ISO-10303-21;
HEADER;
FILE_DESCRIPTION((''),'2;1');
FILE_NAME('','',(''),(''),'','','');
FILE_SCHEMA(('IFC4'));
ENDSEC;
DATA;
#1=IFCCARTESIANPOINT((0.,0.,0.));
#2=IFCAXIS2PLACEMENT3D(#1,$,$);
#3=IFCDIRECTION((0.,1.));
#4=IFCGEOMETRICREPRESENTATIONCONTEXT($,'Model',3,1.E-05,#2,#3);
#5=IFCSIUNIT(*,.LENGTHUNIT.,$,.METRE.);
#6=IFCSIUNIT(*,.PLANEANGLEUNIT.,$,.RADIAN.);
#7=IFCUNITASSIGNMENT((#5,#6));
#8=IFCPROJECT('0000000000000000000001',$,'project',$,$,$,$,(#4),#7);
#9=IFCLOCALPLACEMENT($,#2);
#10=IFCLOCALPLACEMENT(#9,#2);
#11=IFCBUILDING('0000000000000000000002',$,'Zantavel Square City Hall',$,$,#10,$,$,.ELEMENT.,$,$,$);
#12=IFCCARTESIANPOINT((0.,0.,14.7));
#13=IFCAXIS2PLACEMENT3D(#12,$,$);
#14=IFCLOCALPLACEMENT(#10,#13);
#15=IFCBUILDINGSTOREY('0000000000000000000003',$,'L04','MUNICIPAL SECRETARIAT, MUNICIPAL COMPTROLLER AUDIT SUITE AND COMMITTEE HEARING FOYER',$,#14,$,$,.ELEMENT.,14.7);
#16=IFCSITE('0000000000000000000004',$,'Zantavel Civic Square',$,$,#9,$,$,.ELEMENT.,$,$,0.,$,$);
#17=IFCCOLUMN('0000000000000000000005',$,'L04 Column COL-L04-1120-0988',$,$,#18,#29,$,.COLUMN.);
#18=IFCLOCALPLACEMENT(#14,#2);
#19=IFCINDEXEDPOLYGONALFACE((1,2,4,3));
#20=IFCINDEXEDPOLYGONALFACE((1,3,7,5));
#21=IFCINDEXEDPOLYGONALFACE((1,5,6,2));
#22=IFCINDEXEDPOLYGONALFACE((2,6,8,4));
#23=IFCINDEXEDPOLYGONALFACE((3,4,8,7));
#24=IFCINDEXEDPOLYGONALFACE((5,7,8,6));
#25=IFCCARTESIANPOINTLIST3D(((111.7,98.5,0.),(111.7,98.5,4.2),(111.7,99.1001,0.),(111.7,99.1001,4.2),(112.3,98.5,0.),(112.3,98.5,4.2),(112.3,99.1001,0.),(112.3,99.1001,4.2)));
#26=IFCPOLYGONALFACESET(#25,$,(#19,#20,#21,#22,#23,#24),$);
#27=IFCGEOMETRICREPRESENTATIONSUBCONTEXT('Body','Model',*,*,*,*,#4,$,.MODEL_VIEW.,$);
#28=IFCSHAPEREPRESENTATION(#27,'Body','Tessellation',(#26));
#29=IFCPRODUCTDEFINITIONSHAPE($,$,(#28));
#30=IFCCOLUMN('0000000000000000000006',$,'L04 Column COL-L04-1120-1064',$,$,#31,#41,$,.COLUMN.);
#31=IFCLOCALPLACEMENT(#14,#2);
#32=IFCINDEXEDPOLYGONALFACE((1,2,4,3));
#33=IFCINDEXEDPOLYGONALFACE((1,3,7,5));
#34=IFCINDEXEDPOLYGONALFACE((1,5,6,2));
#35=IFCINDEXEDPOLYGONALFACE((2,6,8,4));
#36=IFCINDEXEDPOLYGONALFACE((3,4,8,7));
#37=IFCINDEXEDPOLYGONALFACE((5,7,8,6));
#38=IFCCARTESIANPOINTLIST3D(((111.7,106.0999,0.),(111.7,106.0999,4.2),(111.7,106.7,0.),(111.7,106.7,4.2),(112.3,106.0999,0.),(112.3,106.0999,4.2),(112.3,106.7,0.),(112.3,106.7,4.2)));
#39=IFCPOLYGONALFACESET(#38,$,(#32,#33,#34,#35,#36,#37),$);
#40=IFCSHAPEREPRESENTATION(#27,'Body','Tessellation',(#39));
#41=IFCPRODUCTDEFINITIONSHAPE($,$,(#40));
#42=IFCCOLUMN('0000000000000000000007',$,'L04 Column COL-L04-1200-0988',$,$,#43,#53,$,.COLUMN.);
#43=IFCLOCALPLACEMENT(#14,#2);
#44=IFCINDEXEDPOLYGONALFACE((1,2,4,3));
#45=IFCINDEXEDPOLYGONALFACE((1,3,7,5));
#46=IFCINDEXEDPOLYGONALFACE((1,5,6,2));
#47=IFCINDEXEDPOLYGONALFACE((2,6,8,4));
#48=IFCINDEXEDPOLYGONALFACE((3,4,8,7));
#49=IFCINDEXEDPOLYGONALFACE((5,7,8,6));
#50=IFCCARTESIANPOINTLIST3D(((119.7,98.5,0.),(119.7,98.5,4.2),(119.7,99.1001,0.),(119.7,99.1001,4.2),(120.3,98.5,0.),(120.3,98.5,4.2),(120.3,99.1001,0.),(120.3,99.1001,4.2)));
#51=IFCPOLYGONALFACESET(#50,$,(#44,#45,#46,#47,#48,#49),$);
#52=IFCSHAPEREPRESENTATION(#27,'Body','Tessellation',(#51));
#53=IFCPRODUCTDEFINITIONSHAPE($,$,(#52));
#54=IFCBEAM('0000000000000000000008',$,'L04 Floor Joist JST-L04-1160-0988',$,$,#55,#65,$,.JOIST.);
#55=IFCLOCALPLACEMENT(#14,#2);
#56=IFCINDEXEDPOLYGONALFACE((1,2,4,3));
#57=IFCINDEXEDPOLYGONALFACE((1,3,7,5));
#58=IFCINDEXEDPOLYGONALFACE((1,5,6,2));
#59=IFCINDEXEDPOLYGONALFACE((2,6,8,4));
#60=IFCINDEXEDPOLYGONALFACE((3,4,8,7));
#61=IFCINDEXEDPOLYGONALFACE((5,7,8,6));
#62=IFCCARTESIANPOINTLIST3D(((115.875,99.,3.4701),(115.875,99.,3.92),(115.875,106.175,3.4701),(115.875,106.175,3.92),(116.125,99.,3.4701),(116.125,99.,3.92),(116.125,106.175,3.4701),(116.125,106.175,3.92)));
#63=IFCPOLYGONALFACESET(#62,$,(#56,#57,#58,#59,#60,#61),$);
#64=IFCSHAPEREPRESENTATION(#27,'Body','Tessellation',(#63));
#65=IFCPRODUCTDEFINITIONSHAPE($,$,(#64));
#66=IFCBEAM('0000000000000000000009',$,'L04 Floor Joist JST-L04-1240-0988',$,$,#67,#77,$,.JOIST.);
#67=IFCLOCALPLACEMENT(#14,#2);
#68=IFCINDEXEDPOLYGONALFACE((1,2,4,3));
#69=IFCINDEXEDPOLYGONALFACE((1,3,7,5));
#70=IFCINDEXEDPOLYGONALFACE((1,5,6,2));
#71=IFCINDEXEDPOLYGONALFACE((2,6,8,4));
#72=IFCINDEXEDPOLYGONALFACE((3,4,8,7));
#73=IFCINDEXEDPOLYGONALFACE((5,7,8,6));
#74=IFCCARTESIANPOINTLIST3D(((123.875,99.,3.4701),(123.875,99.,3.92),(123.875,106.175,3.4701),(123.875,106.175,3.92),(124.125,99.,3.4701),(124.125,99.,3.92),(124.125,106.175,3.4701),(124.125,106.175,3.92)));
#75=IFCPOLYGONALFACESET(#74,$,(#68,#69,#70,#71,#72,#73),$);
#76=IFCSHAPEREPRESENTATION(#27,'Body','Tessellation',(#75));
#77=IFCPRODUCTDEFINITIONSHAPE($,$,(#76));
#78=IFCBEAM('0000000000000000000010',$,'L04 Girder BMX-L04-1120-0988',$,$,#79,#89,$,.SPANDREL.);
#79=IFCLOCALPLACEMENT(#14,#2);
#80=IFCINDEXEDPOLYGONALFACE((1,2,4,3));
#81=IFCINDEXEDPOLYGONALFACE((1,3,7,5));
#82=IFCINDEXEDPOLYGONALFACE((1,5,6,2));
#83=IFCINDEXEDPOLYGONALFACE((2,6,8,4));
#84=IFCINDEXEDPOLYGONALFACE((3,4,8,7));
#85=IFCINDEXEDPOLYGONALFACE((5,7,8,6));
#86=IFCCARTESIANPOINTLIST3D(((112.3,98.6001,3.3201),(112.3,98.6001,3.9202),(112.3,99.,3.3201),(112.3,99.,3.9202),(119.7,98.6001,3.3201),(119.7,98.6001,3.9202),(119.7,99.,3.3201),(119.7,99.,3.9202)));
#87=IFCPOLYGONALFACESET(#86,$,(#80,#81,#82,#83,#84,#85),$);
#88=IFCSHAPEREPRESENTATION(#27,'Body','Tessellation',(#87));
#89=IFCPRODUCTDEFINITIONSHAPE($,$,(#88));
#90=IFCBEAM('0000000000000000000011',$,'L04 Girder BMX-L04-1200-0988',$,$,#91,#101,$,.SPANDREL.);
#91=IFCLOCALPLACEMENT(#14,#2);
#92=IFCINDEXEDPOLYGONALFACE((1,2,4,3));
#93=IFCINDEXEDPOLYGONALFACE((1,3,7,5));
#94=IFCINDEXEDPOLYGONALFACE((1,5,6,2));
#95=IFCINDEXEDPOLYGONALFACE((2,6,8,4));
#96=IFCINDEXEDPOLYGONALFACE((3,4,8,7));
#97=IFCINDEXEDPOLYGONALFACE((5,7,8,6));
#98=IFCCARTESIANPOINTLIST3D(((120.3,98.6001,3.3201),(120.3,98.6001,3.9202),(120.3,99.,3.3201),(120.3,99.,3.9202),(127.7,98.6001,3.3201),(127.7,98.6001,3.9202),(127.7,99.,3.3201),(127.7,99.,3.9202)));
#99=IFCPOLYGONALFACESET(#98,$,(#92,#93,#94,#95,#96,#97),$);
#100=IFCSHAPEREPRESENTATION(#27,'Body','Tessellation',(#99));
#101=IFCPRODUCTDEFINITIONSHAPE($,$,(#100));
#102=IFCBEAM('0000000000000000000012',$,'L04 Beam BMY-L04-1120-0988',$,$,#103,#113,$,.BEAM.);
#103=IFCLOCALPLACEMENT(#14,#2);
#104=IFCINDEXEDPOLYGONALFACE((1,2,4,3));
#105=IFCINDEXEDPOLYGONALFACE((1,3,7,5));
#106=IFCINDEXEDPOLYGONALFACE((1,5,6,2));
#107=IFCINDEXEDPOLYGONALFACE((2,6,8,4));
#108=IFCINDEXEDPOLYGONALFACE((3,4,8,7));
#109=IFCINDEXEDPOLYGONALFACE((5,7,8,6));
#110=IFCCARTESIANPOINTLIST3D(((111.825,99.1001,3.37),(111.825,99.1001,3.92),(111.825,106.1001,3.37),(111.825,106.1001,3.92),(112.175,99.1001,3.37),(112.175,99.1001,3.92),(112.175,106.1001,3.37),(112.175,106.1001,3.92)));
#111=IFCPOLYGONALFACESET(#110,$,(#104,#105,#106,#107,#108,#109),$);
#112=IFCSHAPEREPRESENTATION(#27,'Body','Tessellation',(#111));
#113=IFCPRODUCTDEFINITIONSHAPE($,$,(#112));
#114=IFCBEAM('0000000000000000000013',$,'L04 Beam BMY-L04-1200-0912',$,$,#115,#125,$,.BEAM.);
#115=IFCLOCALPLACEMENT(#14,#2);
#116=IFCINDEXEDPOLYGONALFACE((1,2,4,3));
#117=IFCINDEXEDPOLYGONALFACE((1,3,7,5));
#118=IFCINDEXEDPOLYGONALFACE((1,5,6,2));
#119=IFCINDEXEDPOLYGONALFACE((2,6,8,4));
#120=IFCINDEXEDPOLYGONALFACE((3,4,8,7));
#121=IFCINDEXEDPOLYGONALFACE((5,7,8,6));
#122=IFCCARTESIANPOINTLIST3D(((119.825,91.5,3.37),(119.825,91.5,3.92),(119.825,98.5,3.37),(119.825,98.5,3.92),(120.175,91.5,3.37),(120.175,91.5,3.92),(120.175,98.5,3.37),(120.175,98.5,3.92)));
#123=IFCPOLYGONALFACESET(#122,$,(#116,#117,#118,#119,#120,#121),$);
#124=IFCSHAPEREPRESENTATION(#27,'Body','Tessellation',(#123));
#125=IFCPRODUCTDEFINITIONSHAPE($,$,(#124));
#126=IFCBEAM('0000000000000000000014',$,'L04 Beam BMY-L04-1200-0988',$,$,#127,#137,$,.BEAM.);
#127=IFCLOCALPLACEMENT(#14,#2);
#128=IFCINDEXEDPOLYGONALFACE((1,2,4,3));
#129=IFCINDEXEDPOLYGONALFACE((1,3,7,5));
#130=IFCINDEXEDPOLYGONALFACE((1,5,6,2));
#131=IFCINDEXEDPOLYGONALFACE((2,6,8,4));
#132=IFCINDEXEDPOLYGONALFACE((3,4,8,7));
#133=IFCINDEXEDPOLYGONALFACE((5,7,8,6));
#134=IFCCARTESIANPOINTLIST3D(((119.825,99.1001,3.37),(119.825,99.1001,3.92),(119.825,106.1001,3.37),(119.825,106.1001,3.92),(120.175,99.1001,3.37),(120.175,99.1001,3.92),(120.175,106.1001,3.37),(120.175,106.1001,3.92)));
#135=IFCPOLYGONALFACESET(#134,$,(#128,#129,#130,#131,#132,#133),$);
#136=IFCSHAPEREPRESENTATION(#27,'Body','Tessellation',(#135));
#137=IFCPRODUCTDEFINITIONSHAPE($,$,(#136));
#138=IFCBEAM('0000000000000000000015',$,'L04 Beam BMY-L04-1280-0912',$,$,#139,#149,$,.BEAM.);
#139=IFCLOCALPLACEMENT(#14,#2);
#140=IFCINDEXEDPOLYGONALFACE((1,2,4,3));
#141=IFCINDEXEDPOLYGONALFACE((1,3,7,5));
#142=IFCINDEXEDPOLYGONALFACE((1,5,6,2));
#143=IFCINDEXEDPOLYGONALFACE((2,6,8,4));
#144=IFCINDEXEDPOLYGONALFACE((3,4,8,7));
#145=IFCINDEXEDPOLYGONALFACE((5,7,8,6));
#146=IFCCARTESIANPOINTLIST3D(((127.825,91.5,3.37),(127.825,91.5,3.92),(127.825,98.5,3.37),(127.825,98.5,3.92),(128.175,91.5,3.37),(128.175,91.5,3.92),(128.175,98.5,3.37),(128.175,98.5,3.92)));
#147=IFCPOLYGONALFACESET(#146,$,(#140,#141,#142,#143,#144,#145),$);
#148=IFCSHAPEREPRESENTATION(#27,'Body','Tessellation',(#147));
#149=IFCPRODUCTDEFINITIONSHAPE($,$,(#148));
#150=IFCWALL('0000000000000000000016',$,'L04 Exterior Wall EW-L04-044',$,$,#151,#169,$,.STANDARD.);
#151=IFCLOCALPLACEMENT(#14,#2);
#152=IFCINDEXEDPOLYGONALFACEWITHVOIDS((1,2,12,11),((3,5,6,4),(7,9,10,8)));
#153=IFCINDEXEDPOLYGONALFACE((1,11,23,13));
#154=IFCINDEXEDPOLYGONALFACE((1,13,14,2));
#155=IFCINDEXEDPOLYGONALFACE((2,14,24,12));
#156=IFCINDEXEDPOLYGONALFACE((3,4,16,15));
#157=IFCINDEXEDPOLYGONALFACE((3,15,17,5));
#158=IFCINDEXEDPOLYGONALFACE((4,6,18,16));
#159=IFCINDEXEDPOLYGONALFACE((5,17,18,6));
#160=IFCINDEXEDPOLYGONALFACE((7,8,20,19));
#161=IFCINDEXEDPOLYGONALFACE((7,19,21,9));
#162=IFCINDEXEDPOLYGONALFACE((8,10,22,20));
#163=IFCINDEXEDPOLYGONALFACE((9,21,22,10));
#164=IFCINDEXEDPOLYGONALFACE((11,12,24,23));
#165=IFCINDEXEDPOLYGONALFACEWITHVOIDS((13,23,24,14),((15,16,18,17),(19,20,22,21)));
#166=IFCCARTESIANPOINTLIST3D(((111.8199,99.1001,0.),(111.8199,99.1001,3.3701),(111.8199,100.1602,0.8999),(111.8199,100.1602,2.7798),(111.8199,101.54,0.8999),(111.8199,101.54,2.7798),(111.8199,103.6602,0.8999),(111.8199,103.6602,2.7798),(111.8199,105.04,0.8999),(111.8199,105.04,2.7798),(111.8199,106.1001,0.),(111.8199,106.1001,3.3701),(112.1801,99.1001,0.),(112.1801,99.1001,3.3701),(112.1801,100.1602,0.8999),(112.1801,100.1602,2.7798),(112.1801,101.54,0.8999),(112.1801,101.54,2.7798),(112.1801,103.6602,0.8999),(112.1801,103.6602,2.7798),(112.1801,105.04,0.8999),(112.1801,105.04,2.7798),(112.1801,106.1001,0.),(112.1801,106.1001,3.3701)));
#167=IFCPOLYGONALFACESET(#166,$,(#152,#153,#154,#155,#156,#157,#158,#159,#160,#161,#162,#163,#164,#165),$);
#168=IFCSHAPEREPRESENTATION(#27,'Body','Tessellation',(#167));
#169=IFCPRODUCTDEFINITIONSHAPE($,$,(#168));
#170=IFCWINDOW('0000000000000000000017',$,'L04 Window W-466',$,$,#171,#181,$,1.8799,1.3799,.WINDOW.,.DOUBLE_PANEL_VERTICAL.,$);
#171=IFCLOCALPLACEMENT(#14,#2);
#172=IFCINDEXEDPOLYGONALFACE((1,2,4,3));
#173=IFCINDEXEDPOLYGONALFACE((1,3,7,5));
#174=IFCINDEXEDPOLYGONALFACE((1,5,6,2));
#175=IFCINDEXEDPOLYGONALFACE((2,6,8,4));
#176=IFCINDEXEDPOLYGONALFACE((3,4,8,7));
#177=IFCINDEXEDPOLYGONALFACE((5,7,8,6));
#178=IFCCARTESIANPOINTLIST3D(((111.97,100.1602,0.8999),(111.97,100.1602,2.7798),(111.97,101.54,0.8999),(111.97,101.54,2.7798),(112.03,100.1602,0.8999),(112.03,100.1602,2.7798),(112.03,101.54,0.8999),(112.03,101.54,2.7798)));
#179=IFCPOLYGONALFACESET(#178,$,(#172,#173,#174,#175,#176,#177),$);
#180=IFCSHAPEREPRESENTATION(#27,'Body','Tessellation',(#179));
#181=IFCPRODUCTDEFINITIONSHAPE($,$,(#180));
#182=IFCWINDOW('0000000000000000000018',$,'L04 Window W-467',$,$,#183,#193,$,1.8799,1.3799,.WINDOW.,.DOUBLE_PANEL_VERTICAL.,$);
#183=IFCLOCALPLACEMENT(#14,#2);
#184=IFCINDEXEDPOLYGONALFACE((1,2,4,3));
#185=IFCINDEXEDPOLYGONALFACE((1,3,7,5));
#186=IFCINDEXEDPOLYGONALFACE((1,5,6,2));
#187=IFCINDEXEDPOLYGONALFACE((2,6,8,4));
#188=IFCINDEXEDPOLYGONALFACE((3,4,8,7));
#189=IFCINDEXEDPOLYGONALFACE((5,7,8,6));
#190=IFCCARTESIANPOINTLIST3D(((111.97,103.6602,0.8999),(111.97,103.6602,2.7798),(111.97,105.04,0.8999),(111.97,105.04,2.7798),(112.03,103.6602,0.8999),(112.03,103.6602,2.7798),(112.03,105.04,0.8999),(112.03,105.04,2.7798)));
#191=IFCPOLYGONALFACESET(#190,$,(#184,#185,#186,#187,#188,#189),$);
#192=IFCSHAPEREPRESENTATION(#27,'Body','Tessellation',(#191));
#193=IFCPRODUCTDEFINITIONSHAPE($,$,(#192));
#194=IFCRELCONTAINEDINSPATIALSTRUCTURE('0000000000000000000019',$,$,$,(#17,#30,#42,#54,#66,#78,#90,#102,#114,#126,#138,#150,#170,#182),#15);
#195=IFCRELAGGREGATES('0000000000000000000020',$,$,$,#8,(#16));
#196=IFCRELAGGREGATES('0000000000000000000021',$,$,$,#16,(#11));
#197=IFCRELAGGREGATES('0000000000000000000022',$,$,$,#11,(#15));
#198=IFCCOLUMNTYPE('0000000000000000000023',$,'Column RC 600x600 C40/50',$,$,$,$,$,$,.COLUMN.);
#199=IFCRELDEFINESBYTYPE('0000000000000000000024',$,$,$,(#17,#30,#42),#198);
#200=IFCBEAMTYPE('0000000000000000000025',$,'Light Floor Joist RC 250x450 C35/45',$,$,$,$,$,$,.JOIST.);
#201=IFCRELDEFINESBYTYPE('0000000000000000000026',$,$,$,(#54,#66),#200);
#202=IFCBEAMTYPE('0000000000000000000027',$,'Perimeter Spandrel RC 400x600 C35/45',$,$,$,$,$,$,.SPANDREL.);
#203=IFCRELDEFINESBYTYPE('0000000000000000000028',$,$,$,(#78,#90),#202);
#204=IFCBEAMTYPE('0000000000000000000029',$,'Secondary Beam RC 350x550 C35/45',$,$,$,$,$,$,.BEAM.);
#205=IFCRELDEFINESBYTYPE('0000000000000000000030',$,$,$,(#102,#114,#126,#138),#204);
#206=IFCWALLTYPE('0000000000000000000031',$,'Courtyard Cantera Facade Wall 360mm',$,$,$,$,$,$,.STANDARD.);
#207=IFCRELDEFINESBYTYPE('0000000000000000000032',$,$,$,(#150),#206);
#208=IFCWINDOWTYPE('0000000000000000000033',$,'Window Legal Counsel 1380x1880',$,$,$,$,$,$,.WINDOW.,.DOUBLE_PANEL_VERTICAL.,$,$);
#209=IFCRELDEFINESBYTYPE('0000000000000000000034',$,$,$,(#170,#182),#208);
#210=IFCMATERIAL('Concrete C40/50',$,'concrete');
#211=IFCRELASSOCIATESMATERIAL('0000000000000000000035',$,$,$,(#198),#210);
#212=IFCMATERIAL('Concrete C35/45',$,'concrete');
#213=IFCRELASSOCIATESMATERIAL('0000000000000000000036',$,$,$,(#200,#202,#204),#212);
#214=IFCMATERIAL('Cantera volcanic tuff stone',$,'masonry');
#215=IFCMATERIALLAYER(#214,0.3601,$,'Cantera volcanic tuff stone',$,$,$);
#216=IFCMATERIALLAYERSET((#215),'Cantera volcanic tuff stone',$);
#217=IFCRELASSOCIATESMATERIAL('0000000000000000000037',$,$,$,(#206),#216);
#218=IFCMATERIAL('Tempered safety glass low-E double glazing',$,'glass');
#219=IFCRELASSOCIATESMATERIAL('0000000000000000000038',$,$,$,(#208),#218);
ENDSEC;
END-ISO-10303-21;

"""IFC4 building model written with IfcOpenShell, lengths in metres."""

from ifc_helpers import new_model, si_unit, direction, frame, frame_2d, origin, origin_2d, place, context, subcontext, project, spatial, rectangle, extrude, material, layer, layer_set, material_profile, profile_set, type_object, element, fill, save


model = new_model("IFC4")

# Units and contexts
model_context = context("Model", 3, precision=1e-05, world=origin(), true_north=direction((0.0, 1.0)))
body_context = subcontext(model_context, "Body", "Model", "MODEL_VIEW")
ifc_project = project(units=[si_unit("LENGTHUNIT", "METRE"), si_unit("PLANEANGLEUNIT", "RADIAN")], contexts=[model_context])

# Site, building, storey
site_placement = place(None, origin())
site = spatial("IfcSite", under=ifc_project, at=site_placement, Name="Zantavel Civic Square", CompositionType="ELEMENT", RefElevation=0.0)
building_placement = place(site_placement, origin())
building = spatial("IfcBuilding", under=site, at=building_placement, Name="Zantavel Square City Hall", CompositionType="ELEMENT")
storey_placement = place(building_placement, frame((0.0, 0.0, 14.7)))
storey = spatial("IfcBuildingStorey", under=building, at=storey_placement, Name="L04", Description="MUNICIPAL SECRETARIAT, MUNICIPAL COMPTROLLER AUDIT SUITE AND COMMITTEE HEARING FOYER", CompositionType="ELEMENT", Elevation=14.7)

# Columns
ifc_material_1 = material(Name="Concrete C40/50", Category="concrete")
ifc_material_profile_1 = material_profile(ifc_material_1, rectangle(XDim=0.6001, YDim=0.6001, at=origin_2d()), Name="RC 600x600")
ifc_profile_set_1 = profile_set([ifc_material_profile_1], Name="Concrete C40/50")
column_type = type_object("IfcColumnType", Name="Column RC 600x600 C40/50", PredefinedType="COLUMN", material=ifc_profile_set_1)
for number, where, z_axis, x_axis, name in (
    (1, (112.0, 98.8, 0.0), (0.0, 0.0, 1.0), (1.0, 0.0, 0.0), "L04 Column COL-L04-1120-0988"),
    (2, (112.0, 106.3999, 0.0), (0.0, 0.0, 1.0), (1.0, 0.0, 0.0), "L04 Column COL-L04-1120-1064"),
    (3, (120.0, 98.8, 0.0), (0.0, 0.0, 1.0), (1.0, 0.0, 0.0), "L04 Column COL-L04-1200-0988"),
):
    element("IfcColumn", number, at=place(storey_placement, frame(where, z_axis=z_axis, x_axis=x_axis)), inside=storey, type_object=column_type, Name=name, PredefinedType="COLUMN", context=body_context, shape_type="SweptSolid", body=[
        extrude(rectangle(XDim=0.6001, YDim=0.6001, at=origin_2d()), origin(), (0.0, 0.0, 1.0), 4.2),
    ])

# Beams
ifc_material_2 = material(Name="Concrete C35/45", Category="concrete")
ifc_material_profile_2 = material_profile(ifc_material_2, rectangle(XDim=0.25, YDim=0.45, at=origin_2d()), Name="RC 250x450")
ifc_profile_set_2 = profile_set([ifc_material_profile_2], Name="Concrete C35/45")
beam_type_1 = type_object("IfcBeamType", Name="Light Floor Joist RC 250x450 C35/45", PredefinedType="JOIST", material=ifc_profile_set_2)
for number, where, z_axis, x_axis, name in (
    (4, (116.0, 99.0, 3.6951), (0.0, 1.0, 0.0), (-1.0, 0.0, 0.0), "L04 Floor Joist JST-L04-1160-0988"),
    (5, (124.0, 99.0, 3.6951), (0.0, 1.0, 0.0), (-1.0, 0.0, 0.0), "L04 Floor Joist JST-L04-1240-0988"),
):
    element("IfcBeam", number, at=place(storey_placement, frame(where, z_axis=z_axis, x_axis=x_axis)), inside=storey, type_object=beam_type_1, Name=name, PredefinedType="JOIST", context=body_context, shape_type="SweptSolid", body=[
        extrude(rectangle(XDim=0.25, YDim=0.45, at=origin_2d()), origin(), (0.0, 0.0, 1.0), 7.175),
    ])
ifc_material_profile_3 = material_profile(ifc_material_2, rectangle(XDim=0.3999, YDim=0.6001, at=origin_2d()), Name="RC 400x600")
ifc_profile_set_3 = profile_set([ifc_material_profile_3], Name="Concrete C35/45")
beam_type_2 = type_object("IfcBeamType", Name="Perimeter Spandrel RC 400x600 C35/45", PredefinedType="SPANDREL", material=ifc_profile_set_3)
for number, where, z_axis, x_axis, name in (
    (6, (112.3, 98.8, 3.6201), (1.0, 0.0, 0.0), (0.0, 1.0, 0.0), "L04 Girder BMX-L04-1120-0988"),
    (7, (120.3, 98.8, 3.6201), (1.0, 0.0, 0.0), (0.0, 1.0, 0.0), "L04 Girder BMX-L04-1200-0988"),
):
    element("IfcBeam", number, at=place(storey_placement, frame(where, z_axis=z_axis, x_axis=x_axis)), inside=storey, type_object=beam_type_2, Name=name, PredefinedType="SPANDREL", context=body_context, shape_type="SweptSolid", body=[
        extrude(rectangle(XDim=0.3999, YDim=0.6001, at=origin_2d()), origin(), (0.0, 0.0, 1.0), 7.3999),
    ])
ifc_material_profile_4 = material_profile(ifc_material_2, rectangle(XDim=0.3501, YDim=0.55, at=origin_2d()), Name="RC 350x550")
ifc_profile_set_4 = profile_set([ifc_material_profile_4], Name="Concrete C35/45")
beam_type_3 = type_object("IfcBeamType", Name="Secondary Beam RC 350x550 C35/45", PredefinedType="BEAM", material=ifc_profile_set_4)
for number, where, z_axis, x_axis, name in (
    (8, (112.0, 99.1001, 3.645), (0.0, 1.0, 0.0), (-1.0, 0.0, 0.0), "L04 Beam BMY-L04-1120-0988"),
    (9, (120.0, 91.5, 3.645), (0.0, 1.0, 0.0), (-1.0, 0.0, 0.0), "L04 Beam BMY-L04-1200-0912"),
    (10, (120.0, 99.1001, 3.645), (0.0, 1.0, 0.0), (-1.0, 0.0, 0.0), "L04 Beam BMY-L04-1200-0988"),
    (11, (128.0, 91.5, 3.645), (0.0, 1.0, 0.0), (-1.0, 0.0, 0.0), "L04 Beam BMY-L04-1280-0912"),
):
    element("IfcBeam", number, at=place(storey_placement, frame(where, z_axis=z_axis, x_axis=x_axis)), inside=storey, type_object=beam_type_3, Name=name, PredefinedType="BEAM", context=body_context, shape_type="SweptSolid", body=[
        extrude(rectangle(XDim=0.3501, YDim=0.55, at=origin_2d()), origin(), (0.0, 0.0, 1.0), 7.0),
    ])

# Wall, openings, windows
ifc_material_3 = material(Name="Cantera volcanic tuff stone", Category="masonry")
ifc_layer_1 = layer(ifc_material_3, 0.3601, Name="Cantera volcanic tuff stone")
ifc_layer_set_1 = layer_set([ifc_layer_1], Name="Cantera volcanic tuff stone")
wall_type_1 = type_object("IfcWallType", Name="Courtyard Cantera Facade Wall 360mm", PredefinedType="STANDARD", material=ifc_layer_set_1)
wall_1_placement = place(storey_placement, frame((112.0, 99.1001, 0.0), z_axis=(0.0, 0.0, 1.0), x_axis=(0.0, 1.0, 0.0)))
wall_1 = element("IfcWall", 12, at=wall_1_placement, inside=storey, type_object=wall_type_1, Name="L04 Exterior Wall EW-L04-044", PredefinedType="STANDARD", context=body_context, shape_type="SweptSolid", body=[
    extrude(rectangle(XDim=7.0, YDim=0.3601, at=frame_2d((3.5, 0.0))), origin(), (0.0, 0.0, 1.0), 3.3701),
])
opening_1_placement = place(wall_1_placement, frame((1.0601, 0.0, 0.8999)))
opening_1 = element("IfcOpeningElement", 13, at=opening_1_placement, cuts=wall_1, PredefinedType="OPENING", context=body_context, shape_type="SweptSolid", body=[
    extrude(rectangle(XDim=1.3799, YDim=1.8799, at=frame_2d((0.6899, 0.9399))), frame((0.0, 0.1899, 0.0), z_axis=(0.0, -1.0, 0.0), x_axis=(1.0, 0.0, 0.0)), (0.0, 0.0, 1.0), 0.3801),
])
opening_2_placement = place(wall_1_placement, frame((4.5601, 0.0, 0.8999)))
opening_2 = element("IfcOpeningElement", 14, at=opening_2_placement, cuts=wall_1, PredefinedType="OPENING", context=body_context, shape_type="SweptSolid", body=[
    extrude(rectangle(XDim=1.3799, YDim=1.8799, at=frame_2d((0.6899, 0.9399))), frame((0.0, 0.1899, 0.0), z_axis=(0.0, -1.0, 0.0), x_axis=(1.0, 0.0, 0.0)), (0.0, 0.0, 1.0), 0.3801),
])
ifc_material_4 = material(Name="Tempered safety glass low-E double glazing", Category="glass")
window_type = type_object("IfcWindowType", Name="Window Legal Counsel 1380x1880", PartitioningType="DOUBLE_PANEL_VERTICAL", PredefinedType="WINDOW", material=ifc_material_4)
window_1_placement = place(opening_1_placement, origin())
window_1 = element("IfcWindow", 15, at=window_1_placement, inside=storey, type_object=window_type, Name="L04 Window W-466", OverallHeight=1.8799, OverallWidth=1.3799, PartitioningType="DOUBLE_PANEL_VERTICAL", PredefinedType="WINDOW", context=body_context, shape_type="SweptSolid", body=[
    extrude(rectangle(XDim=1.3799, YDim=1.8799, at=frame_2d((0.6899, 0.9399))), frame((0.0, 0.03, 0.0), z_axis=(0.0, -1.0, 0.0), x_axis=(1.0, 0.0, 0.0)), (0.0, 0.0, 1.0), 0.0601),
])
fill(opening_1, window_1)
window_2_placement = place(opening_2_placement, origin())
window_2 = element("IfcWindow", 16, at=window_2_placement, inside=storey, type_object=window_type, Name="L04 Window W-467", OverallHeight=1.8799, OverallWidth=1.3799, PartitioningType="DOUBLE_PANEL_VERTICAL", PredefinedType="WINDOW", context=body_context, shape_type="SweptSolid", body=[
    extrude(rectangle(XDim=1.3799, YDim=1.8799, at=frame_2d((0.6899, 0.9399))), frame((0.0, 0.03, 0.0), z_axis=(0.0, -1.0, 0.0), x_axis=(1.0, 0.0, 0.0)), (0.0, 0.0, 1.0), 0.0601),
])
fill(opening_2, window_2)

save(model, "model.ifc")
